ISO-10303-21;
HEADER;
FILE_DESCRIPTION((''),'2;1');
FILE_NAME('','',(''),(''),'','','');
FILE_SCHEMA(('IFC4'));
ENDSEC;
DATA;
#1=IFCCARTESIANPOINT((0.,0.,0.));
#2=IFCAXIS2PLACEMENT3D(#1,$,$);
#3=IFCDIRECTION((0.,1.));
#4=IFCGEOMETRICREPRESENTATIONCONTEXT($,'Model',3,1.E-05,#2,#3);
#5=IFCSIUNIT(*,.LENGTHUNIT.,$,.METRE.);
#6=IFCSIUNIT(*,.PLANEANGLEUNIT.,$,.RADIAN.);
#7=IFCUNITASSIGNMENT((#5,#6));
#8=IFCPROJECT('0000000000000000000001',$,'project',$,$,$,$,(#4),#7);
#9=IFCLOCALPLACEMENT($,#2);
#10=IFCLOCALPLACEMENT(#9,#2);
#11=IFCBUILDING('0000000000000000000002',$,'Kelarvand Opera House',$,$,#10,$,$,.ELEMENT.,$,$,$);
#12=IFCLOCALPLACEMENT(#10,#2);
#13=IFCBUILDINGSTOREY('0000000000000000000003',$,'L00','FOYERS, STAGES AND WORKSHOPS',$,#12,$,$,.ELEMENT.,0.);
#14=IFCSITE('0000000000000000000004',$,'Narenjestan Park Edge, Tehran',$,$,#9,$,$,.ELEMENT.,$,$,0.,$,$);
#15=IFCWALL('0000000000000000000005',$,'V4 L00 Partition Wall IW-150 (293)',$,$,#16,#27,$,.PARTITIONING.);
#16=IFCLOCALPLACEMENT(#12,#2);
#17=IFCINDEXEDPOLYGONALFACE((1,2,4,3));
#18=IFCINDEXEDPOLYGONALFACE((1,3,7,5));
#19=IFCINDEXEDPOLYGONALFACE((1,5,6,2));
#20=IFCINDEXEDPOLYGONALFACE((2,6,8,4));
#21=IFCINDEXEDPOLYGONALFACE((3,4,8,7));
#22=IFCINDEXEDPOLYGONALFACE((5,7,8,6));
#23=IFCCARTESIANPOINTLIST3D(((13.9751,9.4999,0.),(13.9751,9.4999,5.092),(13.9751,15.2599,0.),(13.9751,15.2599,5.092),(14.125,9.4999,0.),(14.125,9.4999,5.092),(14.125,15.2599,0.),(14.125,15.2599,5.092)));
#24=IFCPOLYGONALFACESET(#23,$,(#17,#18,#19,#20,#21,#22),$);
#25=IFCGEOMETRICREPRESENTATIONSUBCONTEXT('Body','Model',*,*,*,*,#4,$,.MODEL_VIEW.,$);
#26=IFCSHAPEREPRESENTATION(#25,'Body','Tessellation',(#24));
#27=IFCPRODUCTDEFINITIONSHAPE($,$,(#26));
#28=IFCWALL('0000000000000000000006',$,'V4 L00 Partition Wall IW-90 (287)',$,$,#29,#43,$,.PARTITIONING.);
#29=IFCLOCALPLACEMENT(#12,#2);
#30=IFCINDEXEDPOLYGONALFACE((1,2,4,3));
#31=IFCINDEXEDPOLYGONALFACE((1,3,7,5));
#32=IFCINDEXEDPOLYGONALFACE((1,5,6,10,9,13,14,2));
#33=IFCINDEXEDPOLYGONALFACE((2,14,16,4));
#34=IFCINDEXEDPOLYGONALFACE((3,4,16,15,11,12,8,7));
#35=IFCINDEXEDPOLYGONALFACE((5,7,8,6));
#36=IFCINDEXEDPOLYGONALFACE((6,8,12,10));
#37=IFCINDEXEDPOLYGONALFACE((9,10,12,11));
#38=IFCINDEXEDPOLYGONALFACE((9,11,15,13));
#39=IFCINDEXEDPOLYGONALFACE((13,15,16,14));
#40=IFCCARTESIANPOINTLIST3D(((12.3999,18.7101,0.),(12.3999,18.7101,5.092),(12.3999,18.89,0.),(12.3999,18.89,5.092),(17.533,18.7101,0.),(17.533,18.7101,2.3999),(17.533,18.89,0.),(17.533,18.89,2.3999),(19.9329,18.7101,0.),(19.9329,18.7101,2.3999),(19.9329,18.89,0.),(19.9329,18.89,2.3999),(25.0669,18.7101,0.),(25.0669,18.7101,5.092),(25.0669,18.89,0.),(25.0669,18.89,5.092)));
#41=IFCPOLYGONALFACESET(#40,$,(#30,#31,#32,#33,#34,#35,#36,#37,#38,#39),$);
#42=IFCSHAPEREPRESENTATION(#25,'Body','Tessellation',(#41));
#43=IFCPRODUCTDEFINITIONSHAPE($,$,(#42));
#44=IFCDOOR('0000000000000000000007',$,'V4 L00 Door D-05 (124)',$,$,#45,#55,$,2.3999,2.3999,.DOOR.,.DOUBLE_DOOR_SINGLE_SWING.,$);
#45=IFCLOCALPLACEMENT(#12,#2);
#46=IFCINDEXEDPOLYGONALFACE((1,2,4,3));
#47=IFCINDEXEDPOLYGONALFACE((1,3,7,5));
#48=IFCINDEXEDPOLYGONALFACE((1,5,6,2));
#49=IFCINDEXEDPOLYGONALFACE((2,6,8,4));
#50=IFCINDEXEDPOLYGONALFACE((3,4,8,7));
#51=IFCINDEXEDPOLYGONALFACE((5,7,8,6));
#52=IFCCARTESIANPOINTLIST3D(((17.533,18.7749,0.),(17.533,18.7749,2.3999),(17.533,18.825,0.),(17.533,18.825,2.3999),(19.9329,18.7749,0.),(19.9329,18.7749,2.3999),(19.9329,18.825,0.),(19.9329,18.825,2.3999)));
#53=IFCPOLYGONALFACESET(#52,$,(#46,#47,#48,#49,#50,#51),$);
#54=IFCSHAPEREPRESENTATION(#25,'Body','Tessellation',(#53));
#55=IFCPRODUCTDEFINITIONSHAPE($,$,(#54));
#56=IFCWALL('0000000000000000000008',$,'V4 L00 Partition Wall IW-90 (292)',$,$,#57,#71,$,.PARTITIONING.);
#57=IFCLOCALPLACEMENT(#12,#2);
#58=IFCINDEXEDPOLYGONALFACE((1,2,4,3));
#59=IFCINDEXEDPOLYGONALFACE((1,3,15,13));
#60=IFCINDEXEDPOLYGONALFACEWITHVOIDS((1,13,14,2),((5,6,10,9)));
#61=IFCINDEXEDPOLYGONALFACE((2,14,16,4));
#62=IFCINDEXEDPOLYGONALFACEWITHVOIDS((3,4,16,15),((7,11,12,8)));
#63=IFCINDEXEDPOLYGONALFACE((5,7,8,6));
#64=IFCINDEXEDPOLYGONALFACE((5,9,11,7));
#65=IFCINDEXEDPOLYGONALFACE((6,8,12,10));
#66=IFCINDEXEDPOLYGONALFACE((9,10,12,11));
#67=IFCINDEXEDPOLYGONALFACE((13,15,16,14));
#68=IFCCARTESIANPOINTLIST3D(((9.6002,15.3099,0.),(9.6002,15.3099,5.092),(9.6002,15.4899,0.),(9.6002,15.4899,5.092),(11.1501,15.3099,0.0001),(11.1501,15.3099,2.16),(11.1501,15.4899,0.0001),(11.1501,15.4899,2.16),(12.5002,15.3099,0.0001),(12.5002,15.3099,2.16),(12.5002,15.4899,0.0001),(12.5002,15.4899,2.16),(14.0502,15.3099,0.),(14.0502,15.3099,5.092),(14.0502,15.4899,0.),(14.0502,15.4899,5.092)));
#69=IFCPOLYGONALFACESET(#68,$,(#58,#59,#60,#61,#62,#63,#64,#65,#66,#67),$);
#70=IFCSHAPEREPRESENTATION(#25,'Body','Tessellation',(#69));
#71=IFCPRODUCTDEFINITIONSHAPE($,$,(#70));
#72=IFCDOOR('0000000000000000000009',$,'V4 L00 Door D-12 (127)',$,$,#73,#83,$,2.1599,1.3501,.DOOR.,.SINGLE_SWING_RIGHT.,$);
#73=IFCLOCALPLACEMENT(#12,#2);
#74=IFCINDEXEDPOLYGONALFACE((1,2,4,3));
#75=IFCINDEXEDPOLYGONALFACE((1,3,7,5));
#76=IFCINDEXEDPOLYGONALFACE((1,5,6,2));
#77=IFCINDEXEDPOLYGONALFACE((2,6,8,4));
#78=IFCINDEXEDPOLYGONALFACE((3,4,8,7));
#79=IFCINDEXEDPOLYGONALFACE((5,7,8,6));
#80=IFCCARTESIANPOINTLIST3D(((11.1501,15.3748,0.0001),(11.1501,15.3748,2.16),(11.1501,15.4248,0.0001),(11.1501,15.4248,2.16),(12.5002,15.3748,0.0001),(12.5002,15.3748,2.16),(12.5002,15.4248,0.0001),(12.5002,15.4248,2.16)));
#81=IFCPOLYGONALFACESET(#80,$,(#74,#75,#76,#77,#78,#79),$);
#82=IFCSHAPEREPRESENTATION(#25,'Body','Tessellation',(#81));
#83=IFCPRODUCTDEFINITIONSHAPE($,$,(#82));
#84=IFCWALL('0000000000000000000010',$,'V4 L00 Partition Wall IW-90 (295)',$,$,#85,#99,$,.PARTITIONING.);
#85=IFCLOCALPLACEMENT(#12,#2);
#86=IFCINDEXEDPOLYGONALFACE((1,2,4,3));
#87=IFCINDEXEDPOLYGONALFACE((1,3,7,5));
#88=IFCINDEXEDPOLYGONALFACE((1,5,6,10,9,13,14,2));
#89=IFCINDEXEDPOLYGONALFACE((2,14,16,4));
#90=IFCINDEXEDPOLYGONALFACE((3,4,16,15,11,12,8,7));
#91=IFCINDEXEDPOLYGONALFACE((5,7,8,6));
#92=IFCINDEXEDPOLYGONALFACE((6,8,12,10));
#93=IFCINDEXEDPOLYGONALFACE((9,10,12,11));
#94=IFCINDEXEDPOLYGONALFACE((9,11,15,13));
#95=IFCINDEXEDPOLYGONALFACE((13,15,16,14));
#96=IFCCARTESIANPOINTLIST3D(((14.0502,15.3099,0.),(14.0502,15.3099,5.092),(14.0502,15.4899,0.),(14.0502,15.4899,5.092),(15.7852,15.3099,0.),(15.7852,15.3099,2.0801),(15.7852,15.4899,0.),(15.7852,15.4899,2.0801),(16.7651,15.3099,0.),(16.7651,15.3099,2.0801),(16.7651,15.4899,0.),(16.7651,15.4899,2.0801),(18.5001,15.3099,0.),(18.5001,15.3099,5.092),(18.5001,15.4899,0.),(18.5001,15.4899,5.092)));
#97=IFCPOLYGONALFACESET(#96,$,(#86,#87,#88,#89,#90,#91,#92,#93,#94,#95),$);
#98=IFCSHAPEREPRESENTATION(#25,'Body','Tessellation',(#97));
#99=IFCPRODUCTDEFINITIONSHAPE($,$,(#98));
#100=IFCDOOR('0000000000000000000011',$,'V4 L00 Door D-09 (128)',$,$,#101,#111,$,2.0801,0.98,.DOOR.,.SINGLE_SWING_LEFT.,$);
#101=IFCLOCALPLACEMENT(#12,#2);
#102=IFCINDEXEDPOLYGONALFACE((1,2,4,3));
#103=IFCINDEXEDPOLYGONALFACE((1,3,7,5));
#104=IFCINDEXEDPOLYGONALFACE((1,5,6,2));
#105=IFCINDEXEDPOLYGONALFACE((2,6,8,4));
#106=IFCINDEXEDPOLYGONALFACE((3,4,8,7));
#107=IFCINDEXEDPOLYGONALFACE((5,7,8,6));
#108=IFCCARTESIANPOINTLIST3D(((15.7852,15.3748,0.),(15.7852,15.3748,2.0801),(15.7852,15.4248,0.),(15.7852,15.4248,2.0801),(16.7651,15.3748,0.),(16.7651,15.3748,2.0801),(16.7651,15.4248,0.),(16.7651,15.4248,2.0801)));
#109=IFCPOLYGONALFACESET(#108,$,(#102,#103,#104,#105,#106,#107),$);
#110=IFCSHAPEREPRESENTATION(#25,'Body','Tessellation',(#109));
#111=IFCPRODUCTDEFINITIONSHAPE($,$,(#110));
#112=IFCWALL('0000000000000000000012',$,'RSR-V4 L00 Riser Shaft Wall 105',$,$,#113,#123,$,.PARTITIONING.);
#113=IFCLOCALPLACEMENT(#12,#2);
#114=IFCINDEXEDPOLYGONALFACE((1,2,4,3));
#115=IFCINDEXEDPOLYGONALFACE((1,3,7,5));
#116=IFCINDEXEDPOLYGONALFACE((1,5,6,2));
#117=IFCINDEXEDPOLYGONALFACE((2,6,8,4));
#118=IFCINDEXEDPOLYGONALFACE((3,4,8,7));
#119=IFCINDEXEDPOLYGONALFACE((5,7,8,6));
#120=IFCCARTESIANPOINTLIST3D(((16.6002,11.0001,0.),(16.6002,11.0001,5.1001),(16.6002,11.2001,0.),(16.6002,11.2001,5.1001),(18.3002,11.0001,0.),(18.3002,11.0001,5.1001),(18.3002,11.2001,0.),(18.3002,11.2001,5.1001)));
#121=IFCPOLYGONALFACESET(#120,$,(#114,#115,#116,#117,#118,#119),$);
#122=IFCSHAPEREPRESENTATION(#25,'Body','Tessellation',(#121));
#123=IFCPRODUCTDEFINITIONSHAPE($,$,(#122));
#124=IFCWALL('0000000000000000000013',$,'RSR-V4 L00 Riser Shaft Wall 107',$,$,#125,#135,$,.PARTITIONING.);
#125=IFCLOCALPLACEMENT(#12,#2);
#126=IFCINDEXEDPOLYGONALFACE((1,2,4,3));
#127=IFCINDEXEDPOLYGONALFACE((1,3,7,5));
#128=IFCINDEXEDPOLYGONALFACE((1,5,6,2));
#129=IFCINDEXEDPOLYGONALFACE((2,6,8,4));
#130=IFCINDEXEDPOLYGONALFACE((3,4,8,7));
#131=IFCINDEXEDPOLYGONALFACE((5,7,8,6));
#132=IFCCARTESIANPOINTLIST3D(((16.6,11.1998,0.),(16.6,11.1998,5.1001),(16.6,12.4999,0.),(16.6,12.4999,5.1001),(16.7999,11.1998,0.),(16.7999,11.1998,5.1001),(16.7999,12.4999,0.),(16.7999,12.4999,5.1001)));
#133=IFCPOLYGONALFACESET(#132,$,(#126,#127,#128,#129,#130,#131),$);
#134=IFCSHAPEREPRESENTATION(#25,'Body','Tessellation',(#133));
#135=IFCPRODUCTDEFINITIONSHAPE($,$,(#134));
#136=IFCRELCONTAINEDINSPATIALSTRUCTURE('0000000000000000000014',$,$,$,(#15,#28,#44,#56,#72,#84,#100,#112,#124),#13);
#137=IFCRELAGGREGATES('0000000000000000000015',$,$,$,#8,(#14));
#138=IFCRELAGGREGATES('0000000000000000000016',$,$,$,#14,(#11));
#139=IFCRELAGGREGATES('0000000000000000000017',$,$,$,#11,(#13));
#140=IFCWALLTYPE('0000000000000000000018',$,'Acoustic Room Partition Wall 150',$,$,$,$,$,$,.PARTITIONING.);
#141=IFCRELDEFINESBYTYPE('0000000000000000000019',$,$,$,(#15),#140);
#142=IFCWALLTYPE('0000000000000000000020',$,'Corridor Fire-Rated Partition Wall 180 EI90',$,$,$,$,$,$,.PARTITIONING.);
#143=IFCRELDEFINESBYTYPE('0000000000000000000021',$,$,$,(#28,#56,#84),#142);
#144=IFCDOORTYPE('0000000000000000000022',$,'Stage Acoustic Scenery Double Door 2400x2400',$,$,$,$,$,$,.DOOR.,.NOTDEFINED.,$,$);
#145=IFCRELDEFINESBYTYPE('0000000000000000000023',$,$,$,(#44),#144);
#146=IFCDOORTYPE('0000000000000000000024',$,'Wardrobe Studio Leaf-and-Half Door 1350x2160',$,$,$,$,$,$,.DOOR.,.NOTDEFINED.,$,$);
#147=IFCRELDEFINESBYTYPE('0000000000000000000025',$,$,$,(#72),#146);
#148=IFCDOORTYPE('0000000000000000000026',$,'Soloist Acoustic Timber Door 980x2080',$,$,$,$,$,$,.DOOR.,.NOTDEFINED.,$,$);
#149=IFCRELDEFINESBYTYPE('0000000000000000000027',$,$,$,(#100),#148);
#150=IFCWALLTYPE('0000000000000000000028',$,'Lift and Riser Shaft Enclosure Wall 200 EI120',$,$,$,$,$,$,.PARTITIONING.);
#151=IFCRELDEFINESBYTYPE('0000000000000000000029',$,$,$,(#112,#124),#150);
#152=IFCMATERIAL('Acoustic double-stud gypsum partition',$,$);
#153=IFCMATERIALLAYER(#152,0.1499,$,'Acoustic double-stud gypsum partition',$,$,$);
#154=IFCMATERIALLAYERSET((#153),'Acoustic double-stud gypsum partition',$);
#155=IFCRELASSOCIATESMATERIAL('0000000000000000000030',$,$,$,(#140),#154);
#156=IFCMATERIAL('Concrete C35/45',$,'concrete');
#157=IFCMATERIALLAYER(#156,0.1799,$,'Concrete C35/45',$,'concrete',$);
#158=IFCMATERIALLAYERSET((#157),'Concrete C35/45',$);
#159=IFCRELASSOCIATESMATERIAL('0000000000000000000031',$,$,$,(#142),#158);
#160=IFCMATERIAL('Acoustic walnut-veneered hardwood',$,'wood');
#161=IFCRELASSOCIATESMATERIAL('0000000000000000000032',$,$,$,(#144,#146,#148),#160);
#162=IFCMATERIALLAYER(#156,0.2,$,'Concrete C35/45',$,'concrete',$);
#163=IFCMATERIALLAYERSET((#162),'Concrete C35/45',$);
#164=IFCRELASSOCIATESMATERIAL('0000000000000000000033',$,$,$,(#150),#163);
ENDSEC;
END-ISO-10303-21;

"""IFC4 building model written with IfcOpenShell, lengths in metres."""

from ifc_helpers import new_model, si_unit, direction, frame, frame_2d, origin, place, context, subcontext, project, spatial, rectangle, extrude, material, layer, layer_set, type_object, element, fill, save


model = new_model("IFC4")

# Units and contexts
model_context = context("Model", 3, precision=1e-05, world=origin(), true_north=direction((0.0, 1.0)))
body_context = subcontext(model_context, "Body", "Model", "MODEL_VIEW")
ifc_project = project(units=[si_unit("LENGTHUNIT", "METRE"), si_unit("PLANEANGLEUNIT", "RADIAN")], contexts=[model_context])

# Site, building, storey
site_placement = place(None, origin())
site = spatial("IfcSite", under=ifc_project, at=site_placement, Name="Narenjestan Park Edge, Tehran", CompositionType="ELEMENT", RefElevation=0.0)
building_placement = place(site_placement, origin())
building = spatial("IfcBuilding", under=site, at=building_placement, Name="Kelarvand Opera House", CompositionType="ELEMENT")
storey_placement = place(building_placement, origin())
storey = spatial("IfcBuildingStorey", under=building, at=storey_placement, Name="L00", Description="FOYERS, STAGES AND WORKSHOPS", CompositionType="ELEMENT", Elevation=0.0)

# Wall
ifc_material_1 = material(Name="Acoustic double-stud gypsum partition")
ifc_layer_1 = layer(ifc_material_1, 0.1499, Name="Acoustic double-stud gypsum partition")
ifc_layer_set_1 = layer_set([ifc_layer_1], Name="Acoustic double-stud gypsum partition")
wall_type_1 = type_object("IfcWallType", Name="Acoustic Room Partition Wall 150", PredefinedType="PARTITIONING", material=ifc_layer_set_1)
wall_1_placement = place(storey_placement, frame((14.05, 9.5, 0.0), z_axis=(0.0, 0.0, 1.0), x_axis=(0.0, 1.0, 0.0)))
element("IfcWall", 1, at=wall_1_placement, inside=storey, type_object=wall_type_1, Name="V4 L00 Partition Wall IW-150 (293)", PredefinedType="PARTITIONING", context=body_context, shape_type="SweptSolid", body=[
    extrude(rectangle(XDim=5.76, YDim=0.1499, at=frame_2d((2.8799, 0.0))), origin(), (0.0, 0.0, 1.0), 5.092),
])

# Walls, openings, doors
ifc_material_2 = material(Name="Concrete C35/45", Category="concrete")
ifc_layer_2 = layer(ifc_material_2, 0.1799, Name="Concrete C35/45", Category="concrete")
ifc_layer_set_2 = layer_set([ifc_layer_2], Name="Concrete C35/45")
wall_type_2 = type_object("IfcWallType", Name="Corridor Fire-Rated Partition Wall 180 EI90", PredefinedType="PARTITIONING", material=ifc_layer_set_2)
wall_2_placement = place(storey_placement, frame((12.3999, 18.8, 0.0), z_axis=(0.0, 0.0, 1.0), x_axis=(1.0, 0.0, 0.0)))
wall_2 = element("IfcWall", 2, at=wall_2_placement, inside=storey, type_object=wall_type_2, Name="V4 L00 Partition Wall IW-90 (287)", PredefinedType="PARTITIONING", context=body_context, shape_type="SweptSolid", body=[
    extrude(rectangle(XDim=12.667, YDim=0.1799, at=frame_2d((6.3335, 0.0))), origin(), (0.0, 0.0, 1.0), 5.092),
])
opening_1_placement = place(wall_2_placement, frame((5.1331, 0.0, 0.0)))
opening_1 = element("IfcOpeningElement", 3, at=opening_1_placement, cuts=wall_2, PredefinedType="OPENING", context=body_context, shape_type="SweptSolid", body=[
    extrude(rectangle(XDim=2.3999, YDim=2.3999, at=frame_2d((1.2, 1.2))), frame((0.0, 0.1001, 0.0), z_axis=(0.0, -1.0, 0.0), x_axis=(1.0, 0.0, 0.0)), (0.0, 0.0, 1.0), 0.2),
])
ifc_material_3 = material(Name="Acoustic walnut-veneered hardwood", Category="wood")
door_type_1 = type_object("IfcDoorType", Name="Stage Acoustic Scenery Double Door 2400x2400", OperationType="NOTDEFINED", PredefinedType="DOOR", material=ifc_material_3)
door_1_placement = place(opening_1_placement, origin())
door_1 = element("IfcDoor", 4, at=door_1_placement, inside=storey, type_object=door_type_1, Name="V4 L00 Door D-05 (124)", OperationType="DOUBLE_DOOR_SINGLE_SWING", OverallHeight=2.3999, OverallWidth=2.3999, PredefinedType="DOOR", context=body_context, shape_type="SweptSolid", body=[
    extrude(rectangle(XDim=2.3999, YDim=2.3999, at=frame_2d((1.2, 1.2))), frame((0.0, 0.0249, 0.0), z_axis=(0.0, -1.0, 0.0), x_axis=(1.0, 0.0, 0.0)), (0.0, 0.0, 1.0), 0.05),
])
fill(opening_1, door_1)
wall_3_placement = place(storey_placement, frame((9.6001, 15.3999, 0.0), z_axis=(0.0, 0.0, 1.0), x_axis=(1.0, 0.0, 0.0)))
wall_3 = element("IfcWall", 5, at=wall_3_placement, inside=storey, type_object=wall_type_2, Name="V4 L00 Partition Wall IW-90 (292)", PredefinedType="PARTITIONING", context=body_context, shape_type="SweptSolid", body=[
    extrude(rectangle(XDim=4.45, YDim=0.1799, at=frame_2d((2.2251, 0.0))), origin(), (0.0, 0.0, 1.0), 5.092),
])
opening_2_placement = place(wall_3_placement, frame((1.55, 0.0, 0.0)))
opening_2 = element("IfcOpeningElement", 6, at=opening_2_placement, cuts=wall_3, PredefinedType="OPENING", context=body_context, shape_type="SweptSolid", body=[
    extrude(rectangle(XDim=1.3501, YDim=2.1599, at=frame_2d((0.675, 1.0801))), frame((0.0, 0.1001, 0.0), z_axis=(0.0, -1.0, 0.0), x_axis=(1.0, 0.0, 0.0)), (0.0, 0.0, 1.0), 0.2),
])
door_type_2 = type_object("IfcDoorType", Name="Wardrobe Studio Leaf-and-Half Door 1350x2160", OperationType="NOTDEFINED", PredefinedType="DOOR", material=ifc_material_3)
door_2_placement = place(opening_2_placement, origin())
door_2 = element("IfcDoor", 7, at=door_2_placement, inside=storey, type_object=door_type_2, Name="V4 L00 Door D-12 (127)", OperationType="SINGLE_SWING_RIGHT", OverallHeight=2.1599, OverallWidth=1.3501, PredefinedType="DOOR", context=body_context, shape_type="SweptSolid", body=[
    extrude(rectangle(XDim=1.3501, YDim=2.1599, at=frame_2d((0.675, 1.0801))), frame((0.0, 0.0249, 0.0), z_axis=(0.0, -1.0, 0.0), x_axis=(1.0, 0.0, 0.0)), (0.0, 0.0, 1.0), 0.05),
])
fill(opening_2, door_2)
wall_4_placement = place(storey_placement, frame((14.05, 15.3999, 0.0), z_axis=(0.0, 0.0, 1.0), x_axis=(1.0, 0.0, 0.0)))
wall_4 = element("IfcWall", 8, at=wall_4_placement, inside=storey, type_object=wall_type_2, Name="V4 L00 Partition Wall IW-90 (295)", PredefinedType="PARTITIONING", context=body_context, shape_type="SweptSolid", body=[
    extrude(rectangle(XDim=4.45, YDim=0.1799, at=frame_2d((2.2251, 0.0))), origin(), (0.0, 0.0, 1.0), 5.092),
])
opening_3_placement = place(wall_4_placement, frame((1.7351, 0.0, 0.0)))
opening_3 = element("IfcOpeningElement", 9, at=opening_3_placement, cuts=wall_4, PredefinedType="OPENING", context=body_context, shape_type="SweptSolid", body=[
    extrude(rectangle(XDim=0.98, YDim=2.0801, at=frame_2d((0.49, 1.04))), frame((0.0, 0.1001, 0.0), z_axis=(0.0, -1.0, 0.0), x_axis=(1.0, 0.0, 0.0)), (0.0, 0.0, 1.0), 0.2),
])
door_type_3 = type_object("IfcDoorType", Name="Soloist Acoustic Timber Door 980x2080", OperationType="NOTDEFINED", PredefinedType="DOOR", material=ifc_material_3)
door_3_placement = place(opening_3_placement, origin())
door_3 = element("IfcDoor", 10, at=door_3_placement, inside=storey, type_object=door_type_3, Name="V4 L00 Door D-09 (128)", OperationType="SINGLE_SWING_LEFT", OverallHeight=2.0801, OverallWidth=0.98, PredefinedType="DOOR", context=body_context, shape_type="SweptSolid", body=[
    extrude(rectangle(XDim=0.98, YDim=2.0801, at=frame_2d((0.49, 1.04))), frame((0.0, 0.0249, 0.0), z_axis=(0.0, -1.0, 0.0), x_axis=(1.0, 0.0, 0.0)), (0.0, 0.0, 1.0), 0.05),
])
fill(opening_3, door_3)

# Walls
ifc_layer_3 = layer(ifc_material_2, 0.2, Name="Concrete C35/45", Category="concrete")
ifc_layer_set_3 = layer_set([ifc_layer_3], Name="Concrete C35/45")
wall_type_3 = type_object("IfcWallType", Name="Lift and Riser Shaft Enclosure Wall 200 EI120", PredefinedType="PARTITIONING", material=ifc_layer_set_3)
wall_5_placement = place(storey_placement, frame((16.6001, 11.1001, 0.0), z_axis=(0.0, 0.0, 1.0), x_axis=(1.0, 0.0, 0.0)))
element("IfcWall", 11, at=wall_5_placement, inside=storey, type_object=wall_type_3, Name="RSR-V4 L00 Riser Shaft Wall 105", PredefinedType="PARTITIONING", context=body_context, shape_type="SweptSolid", body=[
    extrude(rectangle(XDim=1.7, YDim=0.2, at=frame_2d((0.8501, 0.0))), origin(), (0.0, 0.0, 1.0), 5.1001),
])
wall_6_placement = place(storey_placement, frame((16.7, 11.2, 0.0), z_axis=(0.0, 0.0, 1.0), x_axis=(0.0, 1.0, 0.0)))
element("IfcWall", 12, at=wall_6_placement, inside=storey, type_object=wall_type_3, Name="RSR-V4 L00 Riser Shaft Wall 107", PredefinedType="PARTITIONING", context=body_context, shape_type="SweptSolid", body=[
    extrude(rectangle(XDim=1.3, YDim=0.2, at=frame_2d((0.6499, 0.0))), origin(), (0.0, 0.0, 1.0), 5.1001),
])

save(model, "model.ifc")
